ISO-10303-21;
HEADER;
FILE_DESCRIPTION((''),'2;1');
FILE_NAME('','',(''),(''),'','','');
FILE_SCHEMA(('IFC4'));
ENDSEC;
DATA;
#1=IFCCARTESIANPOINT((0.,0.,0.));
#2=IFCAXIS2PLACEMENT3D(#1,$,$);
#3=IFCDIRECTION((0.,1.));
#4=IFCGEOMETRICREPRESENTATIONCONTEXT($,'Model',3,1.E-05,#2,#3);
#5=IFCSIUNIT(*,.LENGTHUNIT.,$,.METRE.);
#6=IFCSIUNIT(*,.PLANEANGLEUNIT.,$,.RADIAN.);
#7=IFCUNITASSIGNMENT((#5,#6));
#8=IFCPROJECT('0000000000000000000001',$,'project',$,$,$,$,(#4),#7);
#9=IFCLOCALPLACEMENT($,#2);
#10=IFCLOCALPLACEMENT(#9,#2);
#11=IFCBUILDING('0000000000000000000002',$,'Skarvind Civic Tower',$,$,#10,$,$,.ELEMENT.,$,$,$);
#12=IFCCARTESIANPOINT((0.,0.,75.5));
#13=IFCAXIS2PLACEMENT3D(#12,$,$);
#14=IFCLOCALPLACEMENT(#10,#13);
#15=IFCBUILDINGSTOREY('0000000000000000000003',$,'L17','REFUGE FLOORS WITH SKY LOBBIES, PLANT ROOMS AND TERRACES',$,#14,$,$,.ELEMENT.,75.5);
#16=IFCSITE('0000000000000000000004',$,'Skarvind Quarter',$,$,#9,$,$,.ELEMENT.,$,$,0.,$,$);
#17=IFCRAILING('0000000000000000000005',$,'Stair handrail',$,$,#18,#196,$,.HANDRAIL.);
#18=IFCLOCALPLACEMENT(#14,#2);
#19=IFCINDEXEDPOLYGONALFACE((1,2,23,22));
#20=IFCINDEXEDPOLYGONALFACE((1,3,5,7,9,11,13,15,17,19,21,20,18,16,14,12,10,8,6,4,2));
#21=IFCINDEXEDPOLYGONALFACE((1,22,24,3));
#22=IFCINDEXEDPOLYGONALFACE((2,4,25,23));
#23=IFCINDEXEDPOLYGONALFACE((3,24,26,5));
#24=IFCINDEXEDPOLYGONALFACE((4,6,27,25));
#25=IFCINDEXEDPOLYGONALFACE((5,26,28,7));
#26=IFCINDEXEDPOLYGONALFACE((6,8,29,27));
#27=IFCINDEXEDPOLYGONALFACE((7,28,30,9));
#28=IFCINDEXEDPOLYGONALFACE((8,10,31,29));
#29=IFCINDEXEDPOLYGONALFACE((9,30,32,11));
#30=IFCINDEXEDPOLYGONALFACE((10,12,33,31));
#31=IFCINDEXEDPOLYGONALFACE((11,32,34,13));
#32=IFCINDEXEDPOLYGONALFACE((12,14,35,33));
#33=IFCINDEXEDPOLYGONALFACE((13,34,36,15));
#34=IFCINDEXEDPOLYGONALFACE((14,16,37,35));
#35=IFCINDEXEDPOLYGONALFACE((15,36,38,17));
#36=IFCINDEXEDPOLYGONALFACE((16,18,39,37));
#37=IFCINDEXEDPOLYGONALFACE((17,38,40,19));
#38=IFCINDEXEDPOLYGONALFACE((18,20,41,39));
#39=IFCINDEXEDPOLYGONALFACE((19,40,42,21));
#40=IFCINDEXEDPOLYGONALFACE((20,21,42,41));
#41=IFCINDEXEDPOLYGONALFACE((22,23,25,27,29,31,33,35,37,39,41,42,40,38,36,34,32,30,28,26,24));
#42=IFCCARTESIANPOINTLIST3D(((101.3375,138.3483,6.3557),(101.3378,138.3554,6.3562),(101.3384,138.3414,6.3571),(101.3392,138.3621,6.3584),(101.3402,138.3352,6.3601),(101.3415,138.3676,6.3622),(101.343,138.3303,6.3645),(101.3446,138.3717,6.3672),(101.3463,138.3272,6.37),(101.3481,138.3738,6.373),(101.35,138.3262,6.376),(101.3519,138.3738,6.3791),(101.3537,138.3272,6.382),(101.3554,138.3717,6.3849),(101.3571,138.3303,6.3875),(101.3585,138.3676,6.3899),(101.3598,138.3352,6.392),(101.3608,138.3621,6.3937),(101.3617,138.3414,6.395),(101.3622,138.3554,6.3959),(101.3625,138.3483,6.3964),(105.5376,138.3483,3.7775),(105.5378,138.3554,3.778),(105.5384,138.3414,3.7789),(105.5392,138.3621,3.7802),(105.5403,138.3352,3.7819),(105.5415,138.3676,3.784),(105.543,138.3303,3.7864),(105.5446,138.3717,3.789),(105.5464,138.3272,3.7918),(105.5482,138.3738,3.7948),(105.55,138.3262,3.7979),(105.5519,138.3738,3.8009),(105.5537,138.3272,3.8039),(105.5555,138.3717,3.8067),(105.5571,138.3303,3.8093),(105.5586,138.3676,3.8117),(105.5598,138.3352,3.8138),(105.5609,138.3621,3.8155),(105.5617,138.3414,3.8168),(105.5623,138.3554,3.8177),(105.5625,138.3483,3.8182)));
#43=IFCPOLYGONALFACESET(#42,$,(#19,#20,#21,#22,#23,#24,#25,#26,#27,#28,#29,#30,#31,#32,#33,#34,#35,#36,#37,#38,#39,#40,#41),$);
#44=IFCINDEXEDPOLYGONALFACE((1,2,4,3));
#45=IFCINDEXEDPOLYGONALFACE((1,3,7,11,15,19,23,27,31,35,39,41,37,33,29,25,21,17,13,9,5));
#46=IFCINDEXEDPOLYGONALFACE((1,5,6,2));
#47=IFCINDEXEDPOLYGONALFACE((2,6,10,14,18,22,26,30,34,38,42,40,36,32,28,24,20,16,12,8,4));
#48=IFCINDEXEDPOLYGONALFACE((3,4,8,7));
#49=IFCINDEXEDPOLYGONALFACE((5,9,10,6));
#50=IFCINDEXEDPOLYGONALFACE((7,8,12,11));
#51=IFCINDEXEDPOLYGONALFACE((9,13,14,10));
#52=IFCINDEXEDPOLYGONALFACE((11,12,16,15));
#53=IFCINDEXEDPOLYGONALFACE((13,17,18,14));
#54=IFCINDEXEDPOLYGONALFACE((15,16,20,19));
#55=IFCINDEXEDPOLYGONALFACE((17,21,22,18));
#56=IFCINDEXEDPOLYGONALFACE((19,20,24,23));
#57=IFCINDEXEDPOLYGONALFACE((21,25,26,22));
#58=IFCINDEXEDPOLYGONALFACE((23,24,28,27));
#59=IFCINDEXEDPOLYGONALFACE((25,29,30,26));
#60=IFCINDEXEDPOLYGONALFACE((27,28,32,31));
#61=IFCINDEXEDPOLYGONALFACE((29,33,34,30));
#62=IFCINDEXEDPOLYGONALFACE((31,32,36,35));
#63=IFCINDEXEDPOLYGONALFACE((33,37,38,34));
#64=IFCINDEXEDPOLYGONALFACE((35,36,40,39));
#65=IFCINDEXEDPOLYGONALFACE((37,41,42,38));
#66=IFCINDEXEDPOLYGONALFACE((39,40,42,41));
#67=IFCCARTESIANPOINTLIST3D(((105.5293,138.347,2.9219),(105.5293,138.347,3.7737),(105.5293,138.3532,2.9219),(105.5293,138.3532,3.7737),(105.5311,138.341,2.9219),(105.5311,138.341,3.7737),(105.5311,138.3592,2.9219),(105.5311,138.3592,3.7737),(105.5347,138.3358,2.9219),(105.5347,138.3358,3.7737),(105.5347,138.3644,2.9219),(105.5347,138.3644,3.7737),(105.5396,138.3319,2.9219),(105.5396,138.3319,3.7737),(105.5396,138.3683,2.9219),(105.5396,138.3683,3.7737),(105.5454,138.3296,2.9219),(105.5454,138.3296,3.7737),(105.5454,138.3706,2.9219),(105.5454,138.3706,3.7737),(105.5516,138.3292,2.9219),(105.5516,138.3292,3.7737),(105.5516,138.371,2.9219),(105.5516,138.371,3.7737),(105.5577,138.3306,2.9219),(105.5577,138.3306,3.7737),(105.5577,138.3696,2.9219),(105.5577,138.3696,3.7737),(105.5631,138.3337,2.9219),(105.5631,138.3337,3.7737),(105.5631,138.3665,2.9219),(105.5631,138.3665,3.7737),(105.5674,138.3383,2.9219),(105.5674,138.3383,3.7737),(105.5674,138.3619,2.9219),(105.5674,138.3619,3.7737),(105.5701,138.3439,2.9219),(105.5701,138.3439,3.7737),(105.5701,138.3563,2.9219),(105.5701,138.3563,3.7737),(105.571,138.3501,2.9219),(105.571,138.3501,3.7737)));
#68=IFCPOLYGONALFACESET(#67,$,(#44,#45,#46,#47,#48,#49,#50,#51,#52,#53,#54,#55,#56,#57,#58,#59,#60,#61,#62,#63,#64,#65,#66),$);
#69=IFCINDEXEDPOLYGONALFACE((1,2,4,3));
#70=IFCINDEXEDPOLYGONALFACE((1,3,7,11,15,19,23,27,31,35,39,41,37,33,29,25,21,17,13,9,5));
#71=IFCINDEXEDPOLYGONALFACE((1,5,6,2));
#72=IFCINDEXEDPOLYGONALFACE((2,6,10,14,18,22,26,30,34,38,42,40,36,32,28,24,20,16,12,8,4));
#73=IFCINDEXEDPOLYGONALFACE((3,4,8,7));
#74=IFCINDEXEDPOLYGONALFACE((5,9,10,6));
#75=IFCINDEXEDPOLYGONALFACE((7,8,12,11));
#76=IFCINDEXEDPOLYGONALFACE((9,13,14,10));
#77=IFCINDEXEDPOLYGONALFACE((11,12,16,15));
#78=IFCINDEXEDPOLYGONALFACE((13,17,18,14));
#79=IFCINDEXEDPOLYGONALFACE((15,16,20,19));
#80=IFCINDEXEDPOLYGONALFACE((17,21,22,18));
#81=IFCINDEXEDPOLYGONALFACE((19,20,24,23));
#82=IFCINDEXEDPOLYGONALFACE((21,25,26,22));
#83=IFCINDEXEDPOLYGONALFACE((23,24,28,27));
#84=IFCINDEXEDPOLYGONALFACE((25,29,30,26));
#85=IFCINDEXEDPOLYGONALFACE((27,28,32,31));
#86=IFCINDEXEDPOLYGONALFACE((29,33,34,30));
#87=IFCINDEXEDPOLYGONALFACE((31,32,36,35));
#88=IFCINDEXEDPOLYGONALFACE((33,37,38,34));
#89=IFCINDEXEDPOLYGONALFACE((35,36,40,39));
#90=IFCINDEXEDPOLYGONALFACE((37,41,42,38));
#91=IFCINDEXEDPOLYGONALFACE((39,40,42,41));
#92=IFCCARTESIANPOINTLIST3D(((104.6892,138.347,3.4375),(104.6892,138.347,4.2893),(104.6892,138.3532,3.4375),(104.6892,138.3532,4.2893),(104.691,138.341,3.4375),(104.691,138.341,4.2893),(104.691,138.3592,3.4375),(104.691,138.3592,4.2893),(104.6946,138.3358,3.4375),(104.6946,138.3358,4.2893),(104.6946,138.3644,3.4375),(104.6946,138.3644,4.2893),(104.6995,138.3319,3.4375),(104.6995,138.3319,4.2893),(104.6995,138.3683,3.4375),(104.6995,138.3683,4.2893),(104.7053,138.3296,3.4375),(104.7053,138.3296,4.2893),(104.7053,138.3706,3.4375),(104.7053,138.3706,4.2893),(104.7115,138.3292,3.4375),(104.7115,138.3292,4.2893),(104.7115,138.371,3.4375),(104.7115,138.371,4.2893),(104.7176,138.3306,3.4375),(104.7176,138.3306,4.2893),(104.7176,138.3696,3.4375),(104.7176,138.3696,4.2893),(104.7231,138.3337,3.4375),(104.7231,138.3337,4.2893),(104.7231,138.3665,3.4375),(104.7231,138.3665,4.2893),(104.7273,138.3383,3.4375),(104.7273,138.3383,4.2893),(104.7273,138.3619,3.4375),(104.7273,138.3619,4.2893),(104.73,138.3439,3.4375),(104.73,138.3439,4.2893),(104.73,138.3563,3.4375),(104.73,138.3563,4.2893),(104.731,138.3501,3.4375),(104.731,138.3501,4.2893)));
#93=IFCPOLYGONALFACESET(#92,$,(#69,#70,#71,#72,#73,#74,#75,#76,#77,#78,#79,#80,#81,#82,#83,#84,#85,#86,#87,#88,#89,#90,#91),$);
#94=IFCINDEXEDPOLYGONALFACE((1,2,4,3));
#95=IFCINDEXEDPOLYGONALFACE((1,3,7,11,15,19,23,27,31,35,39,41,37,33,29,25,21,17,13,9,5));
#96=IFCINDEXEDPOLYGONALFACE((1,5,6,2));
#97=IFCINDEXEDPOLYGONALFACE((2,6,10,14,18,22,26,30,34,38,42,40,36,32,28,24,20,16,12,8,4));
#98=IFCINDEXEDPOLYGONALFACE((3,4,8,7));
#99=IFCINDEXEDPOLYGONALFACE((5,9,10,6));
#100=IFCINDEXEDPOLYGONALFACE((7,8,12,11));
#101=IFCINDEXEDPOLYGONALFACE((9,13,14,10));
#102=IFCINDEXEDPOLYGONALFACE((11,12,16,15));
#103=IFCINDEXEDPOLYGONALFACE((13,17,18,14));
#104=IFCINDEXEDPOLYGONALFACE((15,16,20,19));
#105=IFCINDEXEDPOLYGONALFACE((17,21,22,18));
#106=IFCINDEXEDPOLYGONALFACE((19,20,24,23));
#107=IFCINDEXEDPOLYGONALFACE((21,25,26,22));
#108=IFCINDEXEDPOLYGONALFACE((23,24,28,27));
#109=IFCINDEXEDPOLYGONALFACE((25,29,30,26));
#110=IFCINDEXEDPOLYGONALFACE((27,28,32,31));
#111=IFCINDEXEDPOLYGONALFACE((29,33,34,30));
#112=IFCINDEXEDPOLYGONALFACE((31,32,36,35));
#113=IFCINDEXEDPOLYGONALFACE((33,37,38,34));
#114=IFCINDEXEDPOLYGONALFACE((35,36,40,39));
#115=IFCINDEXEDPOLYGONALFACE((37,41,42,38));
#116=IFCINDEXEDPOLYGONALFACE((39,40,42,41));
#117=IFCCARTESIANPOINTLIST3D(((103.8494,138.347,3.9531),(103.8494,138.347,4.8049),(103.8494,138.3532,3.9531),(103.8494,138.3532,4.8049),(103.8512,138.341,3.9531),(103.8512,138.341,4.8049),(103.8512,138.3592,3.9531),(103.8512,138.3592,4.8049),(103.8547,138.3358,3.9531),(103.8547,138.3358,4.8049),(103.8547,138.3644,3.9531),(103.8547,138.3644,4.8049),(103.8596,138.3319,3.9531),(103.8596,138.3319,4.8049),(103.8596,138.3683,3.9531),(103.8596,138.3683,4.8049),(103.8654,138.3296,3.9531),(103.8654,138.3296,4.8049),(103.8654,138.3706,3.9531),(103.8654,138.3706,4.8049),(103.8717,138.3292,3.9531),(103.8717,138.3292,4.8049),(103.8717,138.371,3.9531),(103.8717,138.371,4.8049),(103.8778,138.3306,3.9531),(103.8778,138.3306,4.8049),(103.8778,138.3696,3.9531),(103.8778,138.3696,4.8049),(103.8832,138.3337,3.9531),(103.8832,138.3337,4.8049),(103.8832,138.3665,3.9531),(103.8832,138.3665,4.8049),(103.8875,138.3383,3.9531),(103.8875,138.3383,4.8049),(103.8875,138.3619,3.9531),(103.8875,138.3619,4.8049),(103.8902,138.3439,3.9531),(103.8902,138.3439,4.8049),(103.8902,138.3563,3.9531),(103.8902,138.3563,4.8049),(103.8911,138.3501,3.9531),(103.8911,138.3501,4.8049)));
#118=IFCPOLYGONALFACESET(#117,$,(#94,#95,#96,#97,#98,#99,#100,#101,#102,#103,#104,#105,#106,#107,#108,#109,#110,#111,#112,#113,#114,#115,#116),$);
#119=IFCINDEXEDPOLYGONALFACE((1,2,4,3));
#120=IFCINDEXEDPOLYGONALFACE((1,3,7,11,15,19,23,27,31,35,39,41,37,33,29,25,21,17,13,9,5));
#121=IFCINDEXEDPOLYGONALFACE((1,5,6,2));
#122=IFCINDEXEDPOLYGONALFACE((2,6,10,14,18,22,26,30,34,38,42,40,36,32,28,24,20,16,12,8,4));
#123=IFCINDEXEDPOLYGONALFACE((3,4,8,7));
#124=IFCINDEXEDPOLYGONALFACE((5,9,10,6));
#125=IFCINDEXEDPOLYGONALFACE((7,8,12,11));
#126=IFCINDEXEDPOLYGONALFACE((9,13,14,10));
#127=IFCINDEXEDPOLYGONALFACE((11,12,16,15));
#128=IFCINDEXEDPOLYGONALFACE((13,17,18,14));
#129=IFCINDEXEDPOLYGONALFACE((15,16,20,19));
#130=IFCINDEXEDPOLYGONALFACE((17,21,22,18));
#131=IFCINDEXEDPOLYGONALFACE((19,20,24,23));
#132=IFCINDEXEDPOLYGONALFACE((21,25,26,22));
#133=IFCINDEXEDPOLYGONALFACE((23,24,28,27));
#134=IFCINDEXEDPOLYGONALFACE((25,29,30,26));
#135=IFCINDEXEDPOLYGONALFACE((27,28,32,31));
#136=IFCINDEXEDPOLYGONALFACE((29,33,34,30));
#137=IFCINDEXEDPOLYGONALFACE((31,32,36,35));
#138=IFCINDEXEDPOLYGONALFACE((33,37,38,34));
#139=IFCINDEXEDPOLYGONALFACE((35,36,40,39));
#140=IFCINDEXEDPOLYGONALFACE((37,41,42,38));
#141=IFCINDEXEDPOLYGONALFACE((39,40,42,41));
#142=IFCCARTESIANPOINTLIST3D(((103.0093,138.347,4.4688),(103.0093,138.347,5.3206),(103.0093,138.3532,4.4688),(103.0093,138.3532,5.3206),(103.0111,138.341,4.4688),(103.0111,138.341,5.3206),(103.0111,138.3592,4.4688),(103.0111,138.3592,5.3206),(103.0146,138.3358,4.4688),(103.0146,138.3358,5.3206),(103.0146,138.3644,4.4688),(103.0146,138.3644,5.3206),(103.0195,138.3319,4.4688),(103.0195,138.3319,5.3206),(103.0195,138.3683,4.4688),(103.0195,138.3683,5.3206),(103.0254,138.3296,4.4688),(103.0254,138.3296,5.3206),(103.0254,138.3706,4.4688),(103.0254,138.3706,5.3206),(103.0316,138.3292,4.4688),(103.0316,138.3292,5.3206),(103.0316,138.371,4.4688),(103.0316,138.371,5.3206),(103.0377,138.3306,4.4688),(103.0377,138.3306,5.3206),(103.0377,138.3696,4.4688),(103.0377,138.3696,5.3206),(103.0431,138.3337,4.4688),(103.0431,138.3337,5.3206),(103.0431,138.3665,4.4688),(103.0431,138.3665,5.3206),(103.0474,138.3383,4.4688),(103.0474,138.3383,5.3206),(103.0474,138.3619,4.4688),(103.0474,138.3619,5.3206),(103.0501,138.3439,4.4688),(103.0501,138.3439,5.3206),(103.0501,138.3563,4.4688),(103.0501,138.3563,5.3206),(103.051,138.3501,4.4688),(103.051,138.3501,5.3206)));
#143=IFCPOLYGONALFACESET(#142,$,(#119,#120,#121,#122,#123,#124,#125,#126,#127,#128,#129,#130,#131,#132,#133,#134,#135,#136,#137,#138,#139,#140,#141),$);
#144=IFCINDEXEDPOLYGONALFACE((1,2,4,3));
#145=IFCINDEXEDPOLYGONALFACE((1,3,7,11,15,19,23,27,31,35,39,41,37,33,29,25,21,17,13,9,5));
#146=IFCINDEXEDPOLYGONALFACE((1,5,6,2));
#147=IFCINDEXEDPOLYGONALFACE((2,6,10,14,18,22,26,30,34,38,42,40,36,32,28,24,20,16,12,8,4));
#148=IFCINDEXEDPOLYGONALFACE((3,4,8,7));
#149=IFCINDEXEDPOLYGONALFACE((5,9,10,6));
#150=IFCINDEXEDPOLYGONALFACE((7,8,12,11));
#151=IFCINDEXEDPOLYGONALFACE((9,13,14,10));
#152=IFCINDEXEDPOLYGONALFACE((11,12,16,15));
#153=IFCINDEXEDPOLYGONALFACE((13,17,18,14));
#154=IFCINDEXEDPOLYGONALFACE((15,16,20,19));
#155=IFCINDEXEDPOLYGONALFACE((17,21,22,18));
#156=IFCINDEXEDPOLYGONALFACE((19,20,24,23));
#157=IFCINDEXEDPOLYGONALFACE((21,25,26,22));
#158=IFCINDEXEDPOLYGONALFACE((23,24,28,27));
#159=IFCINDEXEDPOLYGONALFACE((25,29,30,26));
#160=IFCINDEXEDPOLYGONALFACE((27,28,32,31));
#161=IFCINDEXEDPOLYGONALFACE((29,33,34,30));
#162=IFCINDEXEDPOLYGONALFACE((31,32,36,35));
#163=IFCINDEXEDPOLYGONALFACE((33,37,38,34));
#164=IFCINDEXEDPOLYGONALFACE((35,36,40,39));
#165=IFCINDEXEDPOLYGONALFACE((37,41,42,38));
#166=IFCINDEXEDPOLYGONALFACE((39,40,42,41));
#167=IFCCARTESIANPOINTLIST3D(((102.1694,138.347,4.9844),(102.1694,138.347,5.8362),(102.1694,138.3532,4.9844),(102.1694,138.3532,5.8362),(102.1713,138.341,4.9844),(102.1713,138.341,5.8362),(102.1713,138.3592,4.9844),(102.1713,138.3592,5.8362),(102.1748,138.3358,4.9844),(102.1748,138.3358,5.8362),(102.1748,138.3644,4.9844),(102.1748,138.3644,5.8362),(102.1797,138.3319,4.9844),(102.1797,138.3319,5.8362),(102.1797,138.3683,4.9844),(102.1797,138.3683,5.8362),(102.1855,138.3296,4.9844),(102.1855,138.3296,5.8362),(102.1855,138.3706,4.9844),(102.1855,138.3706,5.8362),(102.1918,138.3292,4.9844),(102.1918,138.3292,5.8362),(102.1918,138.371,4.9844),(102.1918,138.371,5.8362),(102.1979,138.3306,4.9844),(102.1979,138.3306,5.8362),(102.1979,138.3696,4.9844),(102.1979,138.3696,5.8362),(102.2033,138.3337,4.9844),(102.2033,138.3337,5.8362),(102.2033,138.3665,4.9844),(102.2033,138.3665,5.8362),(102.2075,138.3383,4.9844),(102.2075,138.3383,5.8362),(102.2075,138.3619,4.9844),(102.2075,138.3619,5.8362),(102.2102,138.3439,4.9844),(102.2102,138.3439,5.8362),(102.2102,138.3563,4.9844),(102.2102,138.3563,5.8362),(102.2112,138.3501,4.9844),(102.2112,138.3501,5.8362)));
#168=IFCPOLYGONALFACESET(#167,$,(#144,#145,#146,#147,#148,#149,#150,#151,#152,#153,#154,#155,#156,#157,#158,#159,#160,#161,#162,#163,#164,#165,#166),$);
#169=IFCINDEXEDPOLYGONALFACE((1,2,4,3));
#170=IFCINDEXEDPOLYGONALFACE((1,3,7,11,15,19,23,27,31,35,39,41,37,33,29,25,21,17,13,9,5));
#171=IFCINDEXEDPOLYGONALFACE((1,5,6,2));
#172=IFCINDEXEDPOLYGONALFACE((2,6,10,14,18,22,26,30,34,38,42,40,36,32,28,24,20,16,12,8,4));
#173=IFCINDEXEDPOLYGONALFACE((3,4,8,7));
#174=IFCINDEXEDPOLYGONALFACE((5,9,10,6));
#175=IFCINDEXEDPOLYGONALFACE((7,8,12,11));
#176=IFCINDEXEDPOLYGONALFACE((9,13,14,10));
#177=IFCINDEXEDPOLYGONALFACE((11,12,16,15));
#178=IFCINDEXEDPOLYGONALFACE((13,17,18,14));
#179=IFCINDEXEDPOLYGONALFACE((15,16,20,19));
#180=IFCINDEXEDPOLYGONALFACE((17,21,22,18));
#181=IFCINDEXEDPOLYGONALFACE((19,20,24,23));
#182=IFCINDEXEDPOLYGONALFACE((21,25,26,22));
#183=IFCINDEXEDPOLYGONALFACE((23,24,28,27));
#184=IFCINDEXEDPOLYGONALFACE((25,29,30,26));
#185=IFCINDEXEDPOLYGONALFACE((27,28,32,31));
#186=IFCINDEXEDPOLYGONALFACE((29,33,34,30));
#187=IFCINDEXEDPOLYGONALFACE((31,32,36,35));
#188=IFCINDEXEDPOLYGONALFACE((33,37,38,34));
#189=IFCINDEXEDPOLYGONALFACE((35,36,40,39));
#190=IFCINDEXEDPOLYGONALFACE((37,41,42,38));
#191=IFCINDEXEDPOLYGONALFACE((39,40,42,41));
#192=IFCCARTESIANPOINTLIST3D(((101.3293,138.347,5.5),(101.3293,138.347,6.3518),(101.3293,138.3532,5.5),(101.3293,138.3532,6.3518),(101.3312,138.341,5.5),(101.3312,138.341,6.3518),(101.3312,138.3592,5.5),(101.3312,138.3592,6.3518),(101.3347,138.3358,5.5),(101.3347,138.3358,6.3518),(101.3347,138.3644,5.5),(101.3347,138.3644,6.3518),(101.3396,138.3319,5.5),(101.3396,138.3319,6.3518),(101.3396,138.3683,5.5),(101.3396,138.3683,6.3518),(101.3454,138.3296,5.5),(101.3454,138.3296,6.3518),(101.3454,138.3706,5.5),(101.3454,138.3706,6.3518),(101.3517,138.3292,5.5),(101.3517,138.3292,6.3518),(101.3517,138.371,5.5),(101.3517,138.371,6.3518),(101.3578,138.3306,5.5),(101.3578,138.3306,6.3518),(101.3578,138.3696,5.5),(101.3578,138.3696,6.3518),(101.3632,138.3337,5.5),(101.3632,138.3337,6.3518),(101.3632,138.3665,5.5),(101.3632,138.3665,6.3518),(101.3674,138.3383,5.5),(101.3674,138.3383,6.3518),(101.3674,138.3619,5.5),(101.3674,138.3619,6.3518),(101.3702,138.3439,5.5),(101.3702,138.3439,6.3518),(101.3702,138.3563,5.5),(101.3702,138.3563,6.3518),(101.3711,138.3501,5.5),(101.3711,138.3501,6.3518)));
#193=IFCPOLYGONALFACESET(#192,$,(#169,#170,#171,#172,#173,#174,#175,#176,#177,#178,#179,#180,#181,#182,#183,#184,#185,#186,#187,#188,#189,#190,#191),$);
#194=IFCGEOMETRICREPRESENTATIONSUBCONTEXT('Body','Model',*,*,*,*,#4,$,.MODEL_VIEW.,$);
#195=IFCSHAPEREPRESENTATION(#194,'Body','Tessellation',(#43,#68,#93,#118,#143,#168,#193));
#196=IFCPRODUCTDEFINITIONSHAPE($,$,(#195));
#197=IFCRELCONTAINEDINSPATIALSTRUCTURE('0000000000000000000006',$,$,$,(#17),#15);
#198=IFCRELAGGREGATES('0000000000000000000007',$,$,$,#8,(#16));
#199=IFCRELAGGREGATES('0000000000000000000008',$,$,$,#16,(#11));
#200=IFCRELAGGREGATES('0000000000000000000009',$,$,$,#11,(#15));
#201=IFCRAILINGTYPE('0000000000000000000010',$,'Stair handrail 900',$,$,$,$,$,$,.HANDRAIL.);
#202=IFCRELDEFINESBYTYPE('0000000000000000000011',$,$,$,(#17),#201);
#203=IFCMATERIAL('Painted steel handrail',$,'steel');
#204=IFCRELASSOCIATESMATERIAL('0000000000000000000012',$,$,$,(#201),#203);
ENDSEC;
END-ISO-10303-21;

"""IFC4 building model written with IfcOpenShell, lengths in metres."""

from ifc_helpers import new_model, si_unit, direction, frame, origin, origin_2d, place, context, subcontext, project, spatial, circle, extrude, material, type_object, element, save


model = new_model("IFC4")

# Units and contexts
model_context = context("Model", 3, precision=1e-05, world=origin(), true_north=direction((0.0, 1.0)))
body_context = subcontext(model_context, "Body", "Model", "MODEL_VIEW")
ifc_project = project(units=[si_unit("LENGTHUNIT", "METRE"), si_unit("PLANEANGLEUNIT", "RADIAN")], contexts=[model_context])

# Site, building, storey
site_placement = place(None, origin())
site = spatial("IfcSite", under=ifc_project, at=site_placement, Name="Skarvind Quarter", CompositionType="ELEMENT", RefElevation=0.0)
building_placement = place(site_placement, origin())
building = spatial("IfcBuilding", under=site, at=building_placement, Name="Skarvind Civic Tower", CompositionType="ELEMENT")
storey_placement = place(building_placement, frame((0.0, 0.0, 75.5)))
storey = spatial("IfcBuildingStorey", under=building, at=storey_placement, Name="L17", Description="REFUGE FLOORS WITH SKY LOBBIES, PLANT ROOMS AND TERRACES", CompositionType="ELEMENT", Elevation=75.5)

# Railing
ifc_material_1 = material(Name="Painted steel handrail", Category="steel")
railing_type = type_object("IfcRailingType", Name="Stair handrail 900", PredefinedType="HANDRAIL", material=ifc_material_1)
railing_1_placement = place(storey_placement, frame((105.55, 138.3501, 2.9219)))
element("IfcRailing", 1, at=railing_1_placement, inside=storey, type_object=railing_type, Name="Stair handrail", PredefinedType="HANDRAIL", context=body_context, shape_type="SweptSolid", body=[
    extrude(circle(Radius=0.0239, at=origin_2d()), frame((0.0, 0.0, 0.876), z_axis=(-0.852243, 0.0, 0.523146), x_axis=(0.0, -1.0, 0.0)), (0.0, 0.0, 1.0), 4.9282),
    extrude(circle(Radius=0.021, at=origin_2d()), origin(), (0.0, 0.0, 1.0), 0.8518),
    extrude(circle(Radius=0.021, at=origin_2d()), frame((-0.8401, 0.0, 0.5156)), (0.0, 0.0, 1.0), 0.8518),
    extrude(circle(Radius=0.021, at=origin_2d()), frame((-1.6799, 0.0, 1.0312)), (0.0, 0.0, 1.0), 0.8518),
    extrude(circle(Radius=0.021, at=origin_2d()), frame((-2.52, 0.0, 1.5469)), (0.0, 0.0, 1.0), 0.8518),
    extrude(circle(Radius=0.021, at=origin_2d()), frame((-3.3599, 0.0, 2.0625)), (0.0, 0.0, 1.0), 0.8518),
    extrude(circle(Radius=0.021, at=origin_2d()), frame((-4.2, 0.0, 2.5781)), (0.0, 0.0, 1.0), 0.8518),
])

save(model, "model.ifc")
